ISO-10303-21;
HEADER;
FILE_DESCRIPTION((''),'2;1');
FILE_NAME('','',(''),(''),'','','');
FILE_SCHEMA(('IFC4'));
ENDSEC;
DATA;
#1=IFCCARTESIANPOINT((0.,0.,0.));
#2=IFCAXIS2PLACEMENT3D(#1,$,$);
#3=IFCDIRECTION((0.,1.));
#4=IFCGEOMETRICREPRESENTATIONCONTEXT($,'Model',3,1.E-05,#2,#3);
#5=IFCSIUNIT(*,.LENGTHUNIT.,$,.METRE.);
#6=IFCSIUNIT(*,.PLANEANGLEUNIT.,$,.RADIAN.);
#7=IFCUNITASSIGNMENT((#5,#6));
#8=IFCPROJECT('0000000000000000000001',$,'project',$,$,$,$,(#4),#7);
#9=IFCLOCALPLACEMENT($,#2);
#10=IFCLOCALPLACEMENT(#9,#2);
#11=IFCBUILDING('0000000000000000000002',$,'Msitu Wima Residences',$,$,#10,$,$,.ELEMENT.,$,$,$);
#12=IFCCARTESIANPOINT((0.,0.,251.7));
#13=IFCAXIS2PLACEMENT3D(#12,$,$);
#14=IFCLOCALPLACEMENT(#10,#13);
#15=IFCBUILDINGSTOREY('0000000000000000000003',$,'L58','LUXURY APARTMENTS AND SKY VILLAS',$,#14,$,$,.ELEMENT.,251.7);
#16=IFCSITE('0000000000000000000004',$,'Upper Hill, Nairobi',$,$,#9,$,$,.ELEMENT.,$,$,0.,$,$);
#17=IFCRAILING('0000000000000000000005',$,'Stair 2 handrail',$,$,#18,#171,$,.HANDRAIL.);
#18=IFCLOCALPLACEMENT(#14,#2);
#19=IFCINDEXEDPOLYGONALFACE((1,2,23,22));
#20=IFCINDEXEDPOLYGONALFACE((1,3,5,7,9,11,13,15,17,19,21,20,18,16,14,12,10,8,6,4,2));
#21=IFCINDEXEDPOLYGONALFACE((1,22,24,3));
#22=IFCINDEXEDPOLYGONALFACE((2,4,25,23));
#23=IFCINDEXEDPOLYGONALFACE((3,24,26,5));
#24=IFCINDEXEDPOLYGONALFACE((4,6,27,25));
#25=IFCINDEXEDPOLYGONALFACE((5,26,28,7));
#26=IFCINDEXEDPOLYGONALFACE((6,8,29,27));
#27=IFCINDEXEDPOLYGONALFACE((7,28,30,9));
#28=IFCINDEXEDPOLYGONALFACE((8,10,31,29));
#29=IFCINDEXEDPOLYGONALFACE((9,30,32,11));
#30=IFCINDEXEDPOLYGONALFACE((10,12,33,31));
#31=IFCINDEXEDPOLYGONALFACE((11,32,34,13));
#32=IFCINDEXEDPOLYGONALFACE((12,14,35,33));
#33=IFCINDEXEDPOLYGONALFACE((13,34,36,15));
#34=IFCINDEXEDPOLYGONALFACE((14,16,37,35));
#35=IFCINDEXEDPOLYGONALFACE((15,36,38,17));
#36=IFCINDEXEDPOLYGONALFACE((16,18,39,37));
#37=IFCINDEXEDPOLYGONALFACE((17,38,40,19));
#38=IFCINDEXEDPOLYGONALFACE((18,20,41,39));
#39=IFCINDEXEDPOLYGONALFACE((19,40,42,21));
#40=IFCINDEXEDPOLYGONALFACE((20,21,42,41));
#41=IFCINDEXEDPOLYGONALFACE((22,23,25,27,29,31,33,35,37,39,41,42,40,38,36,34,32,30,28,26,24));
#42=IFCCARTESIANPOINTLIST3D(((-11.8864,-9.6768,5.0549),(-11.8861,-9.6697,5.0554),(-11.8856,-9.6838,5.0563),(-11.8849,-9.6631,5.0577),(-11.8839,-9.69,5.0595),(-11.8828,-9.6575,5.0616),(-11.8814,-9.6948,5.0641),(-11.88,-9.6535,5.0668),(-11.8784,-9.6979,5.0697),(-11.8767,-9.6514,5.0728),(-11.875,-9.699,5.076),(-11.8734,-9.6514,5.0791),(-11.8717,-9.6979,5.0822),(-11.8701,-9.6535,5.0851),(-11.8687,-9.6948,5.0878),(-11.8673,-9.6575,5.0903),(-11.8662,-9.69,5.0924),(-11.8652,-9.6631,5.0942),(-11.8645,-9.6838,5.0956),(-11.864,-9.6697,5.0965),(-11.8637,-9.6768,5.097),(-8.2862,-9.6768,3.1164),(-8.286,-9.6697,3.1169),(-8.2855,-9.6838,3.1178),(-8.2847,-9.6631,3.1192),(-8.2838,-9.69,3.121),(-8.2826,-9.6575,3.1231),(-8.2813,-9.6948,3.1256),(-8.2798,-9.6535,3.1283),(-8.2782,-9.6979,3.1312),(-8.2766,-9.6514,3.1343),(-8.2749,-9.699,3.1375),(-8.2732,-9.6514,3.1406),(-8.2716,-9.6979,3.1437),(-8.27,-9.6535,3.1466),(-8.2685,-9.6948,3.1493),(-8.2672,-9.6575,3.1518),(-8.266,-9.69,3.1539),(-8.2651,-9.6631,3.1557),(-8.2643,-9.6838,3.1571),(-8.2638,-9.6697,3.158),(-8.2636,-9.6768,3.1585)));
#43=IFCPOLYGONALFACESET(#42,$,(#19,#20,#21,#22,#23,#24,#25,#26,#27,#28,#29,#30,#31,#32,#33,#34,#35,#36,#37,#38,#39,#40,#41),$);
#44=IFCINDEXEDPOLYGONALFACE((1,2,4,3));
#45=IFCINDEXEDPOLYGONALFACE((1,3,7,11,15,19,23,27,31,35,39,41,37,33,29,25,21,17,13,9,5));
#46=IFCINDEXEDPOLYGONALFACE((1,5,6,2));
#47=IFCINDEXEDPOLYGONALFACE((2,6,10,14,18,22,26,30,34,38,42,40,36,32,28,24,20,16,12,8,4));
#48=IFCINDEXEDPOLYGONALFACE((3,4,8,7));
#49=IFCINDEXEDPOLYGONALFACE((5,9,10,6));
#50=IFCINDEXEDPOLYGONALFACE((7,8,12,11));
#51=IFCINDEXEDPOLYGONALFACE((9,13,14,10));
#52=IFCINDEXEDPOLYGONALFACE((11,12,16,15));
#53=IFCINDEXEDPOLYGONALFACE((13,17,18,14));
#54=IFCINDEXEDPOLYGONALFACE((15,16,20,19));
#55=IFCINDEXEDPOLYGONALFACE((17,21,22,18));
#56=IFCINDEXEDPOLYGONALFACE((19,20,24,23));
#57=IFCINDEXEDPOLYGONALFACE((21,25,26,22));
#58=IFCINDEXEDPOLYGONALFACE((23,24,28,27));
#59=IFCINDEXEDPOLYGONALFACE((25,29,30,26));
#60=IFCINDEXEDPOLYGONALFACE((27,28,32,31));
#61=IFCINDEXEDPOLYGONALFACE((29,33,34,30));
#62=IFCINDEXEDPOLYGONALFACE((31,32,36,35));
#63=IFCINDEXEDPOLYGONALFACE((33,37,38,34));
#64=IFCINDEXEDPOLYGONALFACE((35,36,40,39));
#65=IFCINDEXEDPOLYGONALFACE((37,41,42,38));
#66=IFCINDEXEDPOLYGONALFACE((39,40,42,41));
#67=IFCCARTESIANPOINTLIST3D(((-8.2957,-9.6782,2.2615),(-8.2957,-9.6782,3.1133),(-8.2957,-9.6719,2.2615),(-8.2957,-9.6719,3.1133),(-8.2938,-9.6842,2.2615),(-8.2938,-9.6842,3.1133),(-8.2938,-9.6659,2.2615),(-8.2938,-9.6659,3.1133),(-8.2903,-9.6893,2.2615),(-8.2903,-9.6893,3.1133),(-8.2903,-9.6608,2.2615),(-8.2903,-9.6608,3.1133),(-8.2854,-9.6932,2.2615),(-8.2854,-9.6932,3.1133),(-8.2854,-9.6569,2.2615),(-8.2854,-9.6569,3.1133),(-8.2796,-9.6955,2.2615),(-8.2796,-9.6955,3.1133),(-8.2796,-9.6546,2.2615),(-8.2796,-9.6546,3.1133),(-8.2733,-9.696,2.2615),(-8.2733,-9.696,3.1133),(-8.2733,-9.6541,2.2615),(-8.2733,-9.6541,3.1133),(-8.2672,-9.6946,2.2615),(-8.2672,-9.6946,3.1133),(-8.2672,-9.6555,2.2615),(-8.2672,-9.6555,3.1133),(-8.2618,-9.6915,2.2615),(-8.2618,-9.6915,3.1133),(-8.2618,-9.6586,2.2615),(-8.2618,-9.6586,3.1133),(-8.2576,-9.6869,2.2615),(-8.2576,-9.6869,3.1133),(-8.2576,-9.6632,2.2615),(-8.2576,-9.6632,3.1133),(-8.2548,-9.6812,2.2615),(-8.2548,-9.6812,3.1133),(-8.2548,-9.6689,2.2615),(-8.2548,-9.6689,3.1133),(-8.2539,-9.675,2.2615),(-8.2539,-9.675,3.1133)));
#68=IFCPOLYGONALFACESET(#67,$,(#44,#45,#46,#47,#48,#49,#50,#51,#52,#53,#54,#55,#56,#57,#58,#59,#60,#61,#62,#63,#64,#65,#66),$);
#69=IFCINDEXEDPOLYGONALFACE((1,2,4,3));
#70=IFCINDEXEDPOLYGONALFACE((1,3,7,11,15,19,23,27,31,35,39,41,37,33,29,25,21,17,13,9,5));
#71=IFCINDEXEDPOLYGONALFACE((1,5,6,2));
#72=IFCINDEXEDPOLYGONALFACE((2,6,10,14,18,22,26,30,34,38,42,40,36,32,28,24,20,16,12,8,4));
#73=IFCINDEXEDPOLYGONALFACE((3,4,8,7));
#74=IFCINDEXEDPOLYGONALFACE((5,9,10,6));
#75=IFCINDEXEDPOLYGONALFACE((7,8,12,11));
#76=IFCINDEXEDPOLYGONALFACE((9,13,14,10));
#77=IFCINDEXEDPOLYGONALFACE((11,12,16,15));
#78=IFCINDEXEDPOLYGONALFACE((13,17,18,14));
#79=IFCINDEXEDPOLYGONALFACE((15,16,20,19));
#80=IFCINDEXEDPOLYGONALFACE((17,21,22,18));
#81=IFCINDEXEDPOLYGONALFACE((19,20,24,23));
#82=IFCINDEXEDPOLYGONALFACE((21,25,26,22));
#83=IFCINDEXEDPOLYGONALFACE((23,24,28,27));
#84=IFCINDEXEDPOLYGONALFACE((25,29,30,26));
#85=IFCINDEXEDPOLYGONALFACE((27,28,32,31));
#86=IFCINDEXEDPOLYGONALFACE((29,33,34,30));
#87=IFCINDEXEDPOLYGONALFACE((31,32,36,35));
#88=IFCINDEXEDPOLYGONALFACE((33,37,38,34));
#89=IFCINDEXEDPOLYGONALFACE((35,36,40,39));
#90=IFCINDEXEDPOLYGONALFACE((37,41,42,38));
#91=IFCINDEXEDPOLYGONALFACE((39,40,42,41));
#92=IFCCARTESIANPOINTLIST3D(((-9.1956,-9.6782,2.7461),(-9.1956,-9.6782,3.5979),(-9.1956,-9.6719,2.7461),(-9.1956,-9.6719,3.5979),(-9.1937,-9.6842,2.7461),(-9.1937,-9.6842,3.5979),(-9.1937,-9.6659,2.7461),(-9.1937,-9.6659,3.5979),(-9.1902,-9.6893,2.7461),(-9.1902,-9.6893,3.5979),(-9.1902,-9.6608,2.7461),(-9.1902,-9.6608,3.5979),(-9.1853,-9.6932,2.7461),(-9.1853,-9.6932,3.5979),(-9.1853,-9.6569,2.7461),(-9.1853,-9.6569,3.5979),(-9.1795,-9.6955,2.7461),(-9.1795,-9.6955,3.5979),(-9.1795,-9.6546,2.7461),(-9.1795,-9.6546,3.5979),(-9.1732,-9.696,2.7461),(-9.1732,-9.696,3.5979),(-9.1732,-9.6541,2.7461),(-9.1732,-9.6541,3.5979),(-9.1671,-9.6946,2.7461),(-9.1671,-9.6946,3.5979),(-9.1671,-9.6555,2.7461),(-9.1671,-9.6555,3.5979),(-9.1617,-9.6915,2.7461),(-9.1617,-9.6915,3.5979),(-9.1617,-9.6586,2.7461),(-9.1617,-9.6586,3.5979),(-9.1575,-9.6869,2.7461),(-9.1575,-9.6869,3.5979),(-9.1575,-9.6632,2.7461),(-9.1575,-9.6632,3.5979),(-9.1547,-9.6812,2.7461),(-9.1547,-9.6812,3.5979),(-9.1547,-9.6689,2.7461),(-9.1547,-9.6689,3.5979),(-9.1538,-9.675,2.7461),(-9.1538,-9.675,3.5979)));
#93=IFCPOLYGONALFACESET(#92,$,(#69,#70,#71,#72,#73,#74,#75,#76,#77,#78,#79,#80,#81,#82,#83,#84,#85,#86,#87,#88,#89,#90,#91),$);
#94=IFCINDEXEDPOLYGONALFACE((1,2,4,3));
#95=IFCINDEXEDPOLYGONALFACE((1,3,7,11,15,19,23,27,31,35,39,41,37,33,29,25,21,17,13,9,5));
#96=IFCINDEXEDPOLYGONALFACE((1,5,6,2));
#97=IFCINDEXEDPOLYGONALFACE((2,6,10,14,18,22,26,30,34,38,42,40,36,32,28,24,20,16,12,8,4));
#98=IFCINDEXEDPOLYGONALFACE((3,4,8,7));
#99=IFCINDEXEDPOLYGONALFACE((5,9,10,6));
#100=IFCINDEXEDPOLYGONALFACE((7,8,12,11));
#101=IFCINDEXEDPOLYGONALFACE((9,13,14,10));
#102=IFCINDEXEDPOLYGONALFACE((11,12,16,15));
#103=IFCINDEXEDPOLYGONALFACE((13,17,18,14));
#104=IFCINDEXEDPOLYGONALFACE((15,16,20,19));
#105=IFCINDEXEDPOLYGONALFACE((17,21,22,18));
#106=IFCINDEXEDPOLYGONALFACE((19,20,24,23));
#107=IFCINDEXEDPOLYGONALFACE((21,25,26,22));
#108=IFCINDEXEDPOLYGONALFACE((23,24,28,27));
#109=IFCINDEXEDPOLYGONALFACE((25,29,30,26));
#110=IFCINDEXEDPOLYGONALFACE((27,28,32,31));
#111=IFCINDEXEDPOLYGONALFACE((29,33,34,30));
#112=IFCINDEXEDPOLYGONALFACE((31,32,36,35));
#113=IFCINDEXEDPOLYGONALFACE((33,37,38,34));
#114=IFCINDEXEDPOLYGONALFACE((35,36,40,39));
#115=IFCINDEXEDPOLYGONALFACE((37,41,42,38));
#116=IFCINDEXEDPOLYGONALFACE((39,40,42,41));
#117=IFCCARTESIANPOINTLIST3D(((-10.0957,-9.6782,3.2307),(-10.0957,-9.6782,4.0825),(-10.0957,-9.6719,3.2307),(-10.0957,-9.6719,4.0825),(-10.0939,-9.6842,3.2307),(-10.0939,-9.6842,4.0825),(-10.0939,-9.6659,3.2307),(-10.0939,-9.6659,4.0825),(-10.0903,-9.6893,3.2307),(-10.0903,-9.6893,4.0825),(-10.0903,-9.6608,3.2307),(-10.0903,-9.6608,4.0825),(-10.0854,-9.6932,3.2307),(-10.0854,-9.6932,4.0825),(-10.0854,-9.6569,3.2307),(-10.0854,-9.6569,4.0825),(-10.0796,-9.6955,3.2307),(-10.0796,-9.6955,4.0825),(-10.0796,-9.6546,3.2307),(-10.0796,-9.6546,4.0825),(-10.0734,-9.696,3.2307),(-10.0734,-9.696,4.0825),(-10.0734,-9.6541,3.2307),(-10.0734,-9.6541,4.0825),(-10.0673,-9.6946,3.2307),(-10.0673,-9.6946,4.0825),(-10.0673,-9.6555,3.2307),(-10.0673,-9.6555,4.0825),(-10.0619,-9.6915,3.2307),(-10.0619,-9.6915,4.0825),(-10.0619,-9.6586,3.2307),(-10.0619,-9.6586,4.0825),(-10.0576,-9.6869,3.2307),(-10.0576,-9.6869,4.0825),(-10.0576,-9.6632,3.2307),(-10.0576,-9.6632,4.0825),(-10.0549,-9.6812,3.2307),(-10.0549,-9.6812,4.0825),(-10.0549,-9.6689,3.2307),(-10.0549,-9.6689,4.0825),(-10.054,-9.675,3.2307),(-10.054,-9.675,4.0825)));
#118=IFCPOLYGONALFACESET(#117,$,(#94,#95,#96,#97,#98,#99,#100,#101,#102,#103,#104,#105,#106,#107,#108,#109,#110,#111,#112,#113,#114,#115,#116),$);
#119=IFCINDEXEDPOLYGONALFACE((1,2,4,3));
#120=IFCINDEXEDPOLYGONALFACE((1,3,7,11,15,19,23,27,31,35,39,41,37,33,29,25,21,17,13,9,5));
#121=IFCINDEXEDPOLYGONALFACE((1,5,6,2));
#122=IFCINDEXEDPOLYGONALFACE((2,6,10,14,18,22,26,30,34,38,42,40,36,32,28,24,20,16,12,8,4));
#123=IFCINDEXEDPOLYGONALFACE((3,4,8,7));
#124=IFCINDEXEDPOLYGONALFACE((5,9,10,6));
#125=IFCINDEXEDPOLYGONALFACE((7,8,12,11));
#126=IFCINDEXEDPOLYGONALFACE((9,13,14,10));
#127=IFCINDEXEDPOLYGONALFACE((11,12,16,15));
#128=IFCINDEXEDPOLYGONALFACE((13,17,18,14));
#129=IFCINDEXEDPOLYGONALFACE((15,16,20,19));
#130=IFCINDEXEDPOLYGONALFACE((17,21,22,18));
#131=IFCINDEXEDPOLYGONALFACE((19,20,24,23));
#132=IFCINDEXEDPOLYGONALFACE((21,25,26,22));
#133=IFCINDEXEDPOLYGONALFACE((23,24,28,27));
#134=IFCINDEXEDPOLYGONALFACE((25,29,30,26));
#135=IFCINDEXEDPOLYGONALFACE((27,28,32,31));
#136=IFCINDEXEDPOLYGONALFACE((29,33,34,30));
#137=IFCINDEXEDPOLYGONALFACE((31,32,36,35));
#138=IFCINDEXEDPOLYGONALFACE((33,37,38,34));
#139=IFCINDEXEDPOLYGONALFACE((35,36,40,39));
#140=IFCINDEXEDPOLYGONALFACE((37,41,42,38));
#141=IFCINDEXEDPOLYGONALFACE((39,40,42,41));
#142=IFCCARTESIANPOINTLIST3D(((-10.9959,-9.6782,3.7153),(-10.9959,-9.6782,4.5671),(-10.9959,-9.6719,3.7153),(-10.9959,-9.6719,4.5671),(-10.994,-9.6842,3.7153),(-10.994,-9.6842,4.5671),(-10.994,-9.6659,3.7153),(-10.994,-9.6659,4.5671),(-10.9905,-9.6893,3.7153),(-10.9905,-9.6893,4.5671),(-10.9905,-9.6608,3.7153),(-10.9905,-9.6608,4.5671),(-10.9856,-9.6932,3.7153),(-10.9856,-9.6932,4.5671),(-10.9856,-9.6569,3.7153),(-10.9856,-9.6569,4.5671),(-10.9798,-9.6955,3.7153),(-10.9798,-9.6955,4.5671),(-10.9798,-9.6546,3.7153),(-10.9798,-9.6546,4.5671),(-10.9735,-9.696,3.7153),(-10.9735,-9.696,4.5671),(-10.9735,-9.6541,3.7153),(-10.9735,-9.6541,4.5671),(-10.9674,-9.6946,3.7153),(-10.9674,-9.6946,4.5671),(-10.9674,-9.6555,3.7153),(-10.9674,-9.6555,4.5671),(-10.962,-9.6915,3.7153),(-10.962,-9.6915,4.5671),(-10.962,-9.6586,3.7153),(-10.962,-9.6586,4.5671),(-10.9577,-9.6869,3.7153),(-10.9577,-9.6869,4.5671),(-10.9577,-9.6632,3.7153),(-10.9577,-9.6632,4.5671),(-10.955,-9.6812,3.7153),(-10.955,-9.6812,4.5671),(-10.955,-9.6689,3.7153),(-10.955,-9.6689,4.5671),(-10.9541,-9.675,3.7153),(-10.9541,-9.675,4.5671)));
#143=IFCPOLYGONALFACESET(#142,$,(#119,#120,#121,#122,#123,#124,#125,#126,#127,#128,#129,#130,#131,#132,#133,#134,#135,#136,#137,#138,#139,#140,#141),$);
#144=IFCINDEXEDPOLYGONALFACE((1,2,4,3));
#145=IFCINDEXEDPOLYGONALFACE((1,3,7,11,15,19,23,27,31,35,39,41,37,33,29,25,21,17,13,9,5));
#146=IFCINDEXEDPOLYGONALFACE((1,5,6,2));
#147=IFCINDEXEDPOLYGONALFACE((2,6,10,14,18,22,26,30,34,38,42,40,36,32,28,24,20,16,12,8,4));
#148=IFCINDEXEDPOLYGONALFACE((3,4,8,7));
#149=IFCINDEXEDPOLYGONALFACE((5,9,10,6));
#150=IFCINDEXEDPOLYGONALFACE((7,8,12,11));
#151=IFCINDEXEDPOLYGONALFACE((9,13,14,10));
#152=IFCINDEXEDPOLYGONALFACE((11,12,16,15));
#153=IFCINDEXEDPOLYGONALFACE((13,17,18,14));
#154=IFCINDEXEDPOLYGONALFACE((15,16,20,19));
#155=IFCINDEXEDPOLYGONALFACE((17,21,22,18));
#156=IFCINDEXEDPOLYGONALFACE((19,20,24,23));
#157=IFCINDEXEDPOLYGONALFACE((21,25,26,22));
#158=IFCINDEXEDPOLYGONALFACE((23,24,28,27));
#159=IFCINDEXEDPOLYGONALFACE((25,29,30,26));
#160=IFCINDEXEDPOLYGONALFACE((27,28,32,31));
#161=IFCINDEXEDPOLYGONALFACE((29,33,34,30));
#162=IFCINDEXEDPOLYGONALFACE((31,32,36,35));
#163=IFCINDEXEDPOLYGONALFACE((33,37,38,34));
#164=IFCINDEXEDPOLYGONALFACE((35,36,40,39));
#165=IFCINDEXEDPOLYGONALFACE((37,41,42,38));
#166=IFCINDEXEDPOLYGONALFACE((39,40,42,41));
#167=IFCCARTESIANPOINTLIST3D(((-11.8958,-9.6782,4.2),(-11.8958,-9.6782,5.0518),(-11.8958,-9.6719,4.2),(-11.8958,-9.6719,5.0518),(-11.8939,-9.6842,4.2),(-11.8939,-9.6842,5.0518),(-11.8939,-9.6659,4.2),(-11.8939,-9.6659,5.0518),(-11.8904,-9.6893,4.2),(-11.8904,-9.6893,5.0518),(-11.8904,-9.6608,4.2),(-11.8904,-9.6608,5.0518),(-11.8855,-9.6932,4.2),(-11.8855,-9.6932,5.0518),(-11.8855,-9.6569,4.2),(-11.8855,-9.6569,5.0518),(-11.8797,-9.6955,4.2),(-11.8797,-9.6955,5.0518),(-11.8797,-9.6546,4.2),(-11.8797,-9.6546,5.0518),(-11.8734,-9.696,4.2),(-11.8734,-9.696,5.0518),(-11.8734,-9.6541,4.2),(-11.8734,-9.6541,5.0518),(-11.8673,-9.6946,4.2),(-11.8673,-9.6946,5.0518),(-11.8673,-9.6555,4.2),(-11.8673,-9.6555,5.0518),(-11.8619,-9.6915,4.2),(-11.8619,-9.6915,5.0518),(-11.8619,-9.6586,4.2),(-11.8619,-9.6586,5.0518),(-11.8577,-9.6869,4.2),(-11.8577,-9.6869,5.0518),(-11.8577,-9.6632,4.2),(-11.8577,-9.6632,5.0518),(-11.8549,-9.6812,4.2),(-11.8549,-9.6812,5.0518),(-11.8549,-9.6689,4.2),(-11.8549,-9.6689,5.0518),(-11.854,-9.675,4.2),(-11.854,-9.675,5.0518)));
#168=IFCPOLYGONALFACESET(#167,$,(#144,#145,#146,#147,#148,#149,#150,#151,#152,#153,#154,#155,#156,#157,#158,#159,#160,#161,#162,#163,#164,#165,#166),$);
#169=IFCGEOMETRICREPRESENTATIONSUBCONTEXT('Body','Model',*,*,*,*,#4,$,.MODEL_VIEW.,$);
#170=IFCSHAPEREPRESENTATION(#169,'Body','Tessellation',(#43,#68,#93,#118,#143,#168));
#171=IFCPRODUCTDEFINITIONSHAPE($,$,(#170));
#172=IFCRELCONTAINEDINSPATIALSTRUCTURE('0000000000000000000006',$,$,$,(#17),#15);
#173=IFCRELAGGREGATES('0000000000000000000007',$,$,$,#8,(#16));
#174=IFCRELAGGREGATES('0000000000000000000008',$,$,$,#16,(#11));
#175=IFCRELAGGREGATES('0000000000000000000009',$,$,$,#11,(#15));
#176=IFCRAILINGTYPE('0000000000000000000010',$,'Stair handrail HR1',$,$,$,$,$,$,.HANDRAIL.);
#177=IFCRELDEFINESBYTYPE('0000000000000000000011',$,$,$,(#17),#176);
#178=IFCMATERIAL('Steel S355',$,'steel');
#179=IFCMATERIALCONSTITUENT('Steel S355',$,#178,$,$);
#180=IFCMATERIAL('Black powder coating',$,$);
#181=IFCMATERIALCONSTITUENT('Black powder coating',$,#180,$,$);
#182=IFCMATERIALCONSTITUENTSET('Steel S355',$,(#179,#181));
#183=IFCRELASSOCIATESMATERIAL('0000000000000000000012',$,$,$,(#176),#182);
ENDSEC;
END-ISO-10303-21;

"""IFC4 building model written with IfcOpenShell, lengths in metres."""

from ifc_helpers import new_model, si_unit, direction, frame, origin, origin_2d, place, context, subcontext, project, spatial, circle, extrude, material, constituent, constituent_set, type_object, element, save


model = new_model("IFC4")

# Units and contexts
model_context = context("Model", 3, precision=1e-05, world=origin(), true_north=direction((0.0, 1.0)))
body_context = subcontext(model_context, "Body", "Model", "MODEL_VIEW")
ifc_project = project(units=[si_unit("LENGTHUNIT", "METRE"), si_unit("PLANEANGLEUNIT", "RADIAN")], contexts=[model_context])

# Site, building, storey
site_placement = place(None, origin())
site = spatial("IfcSite", under=ifc_project, at=site_placement, Name="Upper Hill, Nairobi", CompositionType="ELEMENT", RefElevation=0.0)
building_placement = place(site_placement, origin())
building = spatial("IfcBuilding", under=site, at=building_placement, Name="Msitu Wima Residences", CompositionType="ELEMENT")
storey_placement = place(building_placement, frame((0.0, 0.0, 251.7)))
storey = spatial("IfcBuildingStorey", under=building, at=storey_placement, Name="L58", Description="LUXURY APARTMENTS AND SKY VILLAS", CompositionType="ELEMENT", Elevation=251.7)

# Railing
ifc_material_1 = material(Name="Steel S355", Category="steel")
ifc_constituent_1 = constituent(ifc_material_1, Name="Steel S355")
ifc_material_2 = material(Name="Black powder coating")
ifc_constituent_2 = constituent(ifc_material_2, Name="Black powder coating")
ifc_constituent_set = constituent_set(constituents=[ifc_constituent_1, ifc_constituent_2], Name="Steel S355")
railing_type = type_object("IfcRailingType", Name="Stair handrail HR1", PredefinedType="HANDRAIL", material=ifc_constituent_set)
railing_placement = place(storey_placement, frame((-8.2749, -9.675, 2.2615)))
element("IfcRailing", 1, at=railing_placement, inside=storey, type_object=railing_type, Name="Stair 2 handrail", PredefinedType="HANDRAIL", context=body_context, shape_type="SweptSolid", body=[
    extrude(circle(Radius=0.0239, at=origin_2d()), frame((0.0, 0.0, 0.876), z_axis=(-0.880475, 0.0, 0.474093), x_axis=(0.0, -1.0, 0.0)), (0.0, 0.0, 1.0), 4.0889),
    extrude(circle(Radius=0.021, at=origin_2d()), origin(), (0.0, 0.0, 1.0), 0.8518),
    extrude(circle(Radius=0.021, at=origin_2d()), frame((-0.8999, 0.0, 0.4846)), (0.0, 0.0, 1.0), 0.8518),
    extrude(circle(Radius=0.021, at=origin_2d()), frame((-1.8, 0.0, 0.9692)), (0.0, 0.0, 1.0), 0.8518),
    extrude(circle(Radius=0.021, at=origin_2d()), frame((-2.7002, 0.0, 1.4539)), (0.0, 0.0, 1.0), 0.8518),
    extrude(circle(Radius=0.021, at=origin_2d()), frame((-3.6001, 0.0, 1.9385)), (0.0, 0.0, 1.0), 0.8518),
])

save(model, "model.ifc")
